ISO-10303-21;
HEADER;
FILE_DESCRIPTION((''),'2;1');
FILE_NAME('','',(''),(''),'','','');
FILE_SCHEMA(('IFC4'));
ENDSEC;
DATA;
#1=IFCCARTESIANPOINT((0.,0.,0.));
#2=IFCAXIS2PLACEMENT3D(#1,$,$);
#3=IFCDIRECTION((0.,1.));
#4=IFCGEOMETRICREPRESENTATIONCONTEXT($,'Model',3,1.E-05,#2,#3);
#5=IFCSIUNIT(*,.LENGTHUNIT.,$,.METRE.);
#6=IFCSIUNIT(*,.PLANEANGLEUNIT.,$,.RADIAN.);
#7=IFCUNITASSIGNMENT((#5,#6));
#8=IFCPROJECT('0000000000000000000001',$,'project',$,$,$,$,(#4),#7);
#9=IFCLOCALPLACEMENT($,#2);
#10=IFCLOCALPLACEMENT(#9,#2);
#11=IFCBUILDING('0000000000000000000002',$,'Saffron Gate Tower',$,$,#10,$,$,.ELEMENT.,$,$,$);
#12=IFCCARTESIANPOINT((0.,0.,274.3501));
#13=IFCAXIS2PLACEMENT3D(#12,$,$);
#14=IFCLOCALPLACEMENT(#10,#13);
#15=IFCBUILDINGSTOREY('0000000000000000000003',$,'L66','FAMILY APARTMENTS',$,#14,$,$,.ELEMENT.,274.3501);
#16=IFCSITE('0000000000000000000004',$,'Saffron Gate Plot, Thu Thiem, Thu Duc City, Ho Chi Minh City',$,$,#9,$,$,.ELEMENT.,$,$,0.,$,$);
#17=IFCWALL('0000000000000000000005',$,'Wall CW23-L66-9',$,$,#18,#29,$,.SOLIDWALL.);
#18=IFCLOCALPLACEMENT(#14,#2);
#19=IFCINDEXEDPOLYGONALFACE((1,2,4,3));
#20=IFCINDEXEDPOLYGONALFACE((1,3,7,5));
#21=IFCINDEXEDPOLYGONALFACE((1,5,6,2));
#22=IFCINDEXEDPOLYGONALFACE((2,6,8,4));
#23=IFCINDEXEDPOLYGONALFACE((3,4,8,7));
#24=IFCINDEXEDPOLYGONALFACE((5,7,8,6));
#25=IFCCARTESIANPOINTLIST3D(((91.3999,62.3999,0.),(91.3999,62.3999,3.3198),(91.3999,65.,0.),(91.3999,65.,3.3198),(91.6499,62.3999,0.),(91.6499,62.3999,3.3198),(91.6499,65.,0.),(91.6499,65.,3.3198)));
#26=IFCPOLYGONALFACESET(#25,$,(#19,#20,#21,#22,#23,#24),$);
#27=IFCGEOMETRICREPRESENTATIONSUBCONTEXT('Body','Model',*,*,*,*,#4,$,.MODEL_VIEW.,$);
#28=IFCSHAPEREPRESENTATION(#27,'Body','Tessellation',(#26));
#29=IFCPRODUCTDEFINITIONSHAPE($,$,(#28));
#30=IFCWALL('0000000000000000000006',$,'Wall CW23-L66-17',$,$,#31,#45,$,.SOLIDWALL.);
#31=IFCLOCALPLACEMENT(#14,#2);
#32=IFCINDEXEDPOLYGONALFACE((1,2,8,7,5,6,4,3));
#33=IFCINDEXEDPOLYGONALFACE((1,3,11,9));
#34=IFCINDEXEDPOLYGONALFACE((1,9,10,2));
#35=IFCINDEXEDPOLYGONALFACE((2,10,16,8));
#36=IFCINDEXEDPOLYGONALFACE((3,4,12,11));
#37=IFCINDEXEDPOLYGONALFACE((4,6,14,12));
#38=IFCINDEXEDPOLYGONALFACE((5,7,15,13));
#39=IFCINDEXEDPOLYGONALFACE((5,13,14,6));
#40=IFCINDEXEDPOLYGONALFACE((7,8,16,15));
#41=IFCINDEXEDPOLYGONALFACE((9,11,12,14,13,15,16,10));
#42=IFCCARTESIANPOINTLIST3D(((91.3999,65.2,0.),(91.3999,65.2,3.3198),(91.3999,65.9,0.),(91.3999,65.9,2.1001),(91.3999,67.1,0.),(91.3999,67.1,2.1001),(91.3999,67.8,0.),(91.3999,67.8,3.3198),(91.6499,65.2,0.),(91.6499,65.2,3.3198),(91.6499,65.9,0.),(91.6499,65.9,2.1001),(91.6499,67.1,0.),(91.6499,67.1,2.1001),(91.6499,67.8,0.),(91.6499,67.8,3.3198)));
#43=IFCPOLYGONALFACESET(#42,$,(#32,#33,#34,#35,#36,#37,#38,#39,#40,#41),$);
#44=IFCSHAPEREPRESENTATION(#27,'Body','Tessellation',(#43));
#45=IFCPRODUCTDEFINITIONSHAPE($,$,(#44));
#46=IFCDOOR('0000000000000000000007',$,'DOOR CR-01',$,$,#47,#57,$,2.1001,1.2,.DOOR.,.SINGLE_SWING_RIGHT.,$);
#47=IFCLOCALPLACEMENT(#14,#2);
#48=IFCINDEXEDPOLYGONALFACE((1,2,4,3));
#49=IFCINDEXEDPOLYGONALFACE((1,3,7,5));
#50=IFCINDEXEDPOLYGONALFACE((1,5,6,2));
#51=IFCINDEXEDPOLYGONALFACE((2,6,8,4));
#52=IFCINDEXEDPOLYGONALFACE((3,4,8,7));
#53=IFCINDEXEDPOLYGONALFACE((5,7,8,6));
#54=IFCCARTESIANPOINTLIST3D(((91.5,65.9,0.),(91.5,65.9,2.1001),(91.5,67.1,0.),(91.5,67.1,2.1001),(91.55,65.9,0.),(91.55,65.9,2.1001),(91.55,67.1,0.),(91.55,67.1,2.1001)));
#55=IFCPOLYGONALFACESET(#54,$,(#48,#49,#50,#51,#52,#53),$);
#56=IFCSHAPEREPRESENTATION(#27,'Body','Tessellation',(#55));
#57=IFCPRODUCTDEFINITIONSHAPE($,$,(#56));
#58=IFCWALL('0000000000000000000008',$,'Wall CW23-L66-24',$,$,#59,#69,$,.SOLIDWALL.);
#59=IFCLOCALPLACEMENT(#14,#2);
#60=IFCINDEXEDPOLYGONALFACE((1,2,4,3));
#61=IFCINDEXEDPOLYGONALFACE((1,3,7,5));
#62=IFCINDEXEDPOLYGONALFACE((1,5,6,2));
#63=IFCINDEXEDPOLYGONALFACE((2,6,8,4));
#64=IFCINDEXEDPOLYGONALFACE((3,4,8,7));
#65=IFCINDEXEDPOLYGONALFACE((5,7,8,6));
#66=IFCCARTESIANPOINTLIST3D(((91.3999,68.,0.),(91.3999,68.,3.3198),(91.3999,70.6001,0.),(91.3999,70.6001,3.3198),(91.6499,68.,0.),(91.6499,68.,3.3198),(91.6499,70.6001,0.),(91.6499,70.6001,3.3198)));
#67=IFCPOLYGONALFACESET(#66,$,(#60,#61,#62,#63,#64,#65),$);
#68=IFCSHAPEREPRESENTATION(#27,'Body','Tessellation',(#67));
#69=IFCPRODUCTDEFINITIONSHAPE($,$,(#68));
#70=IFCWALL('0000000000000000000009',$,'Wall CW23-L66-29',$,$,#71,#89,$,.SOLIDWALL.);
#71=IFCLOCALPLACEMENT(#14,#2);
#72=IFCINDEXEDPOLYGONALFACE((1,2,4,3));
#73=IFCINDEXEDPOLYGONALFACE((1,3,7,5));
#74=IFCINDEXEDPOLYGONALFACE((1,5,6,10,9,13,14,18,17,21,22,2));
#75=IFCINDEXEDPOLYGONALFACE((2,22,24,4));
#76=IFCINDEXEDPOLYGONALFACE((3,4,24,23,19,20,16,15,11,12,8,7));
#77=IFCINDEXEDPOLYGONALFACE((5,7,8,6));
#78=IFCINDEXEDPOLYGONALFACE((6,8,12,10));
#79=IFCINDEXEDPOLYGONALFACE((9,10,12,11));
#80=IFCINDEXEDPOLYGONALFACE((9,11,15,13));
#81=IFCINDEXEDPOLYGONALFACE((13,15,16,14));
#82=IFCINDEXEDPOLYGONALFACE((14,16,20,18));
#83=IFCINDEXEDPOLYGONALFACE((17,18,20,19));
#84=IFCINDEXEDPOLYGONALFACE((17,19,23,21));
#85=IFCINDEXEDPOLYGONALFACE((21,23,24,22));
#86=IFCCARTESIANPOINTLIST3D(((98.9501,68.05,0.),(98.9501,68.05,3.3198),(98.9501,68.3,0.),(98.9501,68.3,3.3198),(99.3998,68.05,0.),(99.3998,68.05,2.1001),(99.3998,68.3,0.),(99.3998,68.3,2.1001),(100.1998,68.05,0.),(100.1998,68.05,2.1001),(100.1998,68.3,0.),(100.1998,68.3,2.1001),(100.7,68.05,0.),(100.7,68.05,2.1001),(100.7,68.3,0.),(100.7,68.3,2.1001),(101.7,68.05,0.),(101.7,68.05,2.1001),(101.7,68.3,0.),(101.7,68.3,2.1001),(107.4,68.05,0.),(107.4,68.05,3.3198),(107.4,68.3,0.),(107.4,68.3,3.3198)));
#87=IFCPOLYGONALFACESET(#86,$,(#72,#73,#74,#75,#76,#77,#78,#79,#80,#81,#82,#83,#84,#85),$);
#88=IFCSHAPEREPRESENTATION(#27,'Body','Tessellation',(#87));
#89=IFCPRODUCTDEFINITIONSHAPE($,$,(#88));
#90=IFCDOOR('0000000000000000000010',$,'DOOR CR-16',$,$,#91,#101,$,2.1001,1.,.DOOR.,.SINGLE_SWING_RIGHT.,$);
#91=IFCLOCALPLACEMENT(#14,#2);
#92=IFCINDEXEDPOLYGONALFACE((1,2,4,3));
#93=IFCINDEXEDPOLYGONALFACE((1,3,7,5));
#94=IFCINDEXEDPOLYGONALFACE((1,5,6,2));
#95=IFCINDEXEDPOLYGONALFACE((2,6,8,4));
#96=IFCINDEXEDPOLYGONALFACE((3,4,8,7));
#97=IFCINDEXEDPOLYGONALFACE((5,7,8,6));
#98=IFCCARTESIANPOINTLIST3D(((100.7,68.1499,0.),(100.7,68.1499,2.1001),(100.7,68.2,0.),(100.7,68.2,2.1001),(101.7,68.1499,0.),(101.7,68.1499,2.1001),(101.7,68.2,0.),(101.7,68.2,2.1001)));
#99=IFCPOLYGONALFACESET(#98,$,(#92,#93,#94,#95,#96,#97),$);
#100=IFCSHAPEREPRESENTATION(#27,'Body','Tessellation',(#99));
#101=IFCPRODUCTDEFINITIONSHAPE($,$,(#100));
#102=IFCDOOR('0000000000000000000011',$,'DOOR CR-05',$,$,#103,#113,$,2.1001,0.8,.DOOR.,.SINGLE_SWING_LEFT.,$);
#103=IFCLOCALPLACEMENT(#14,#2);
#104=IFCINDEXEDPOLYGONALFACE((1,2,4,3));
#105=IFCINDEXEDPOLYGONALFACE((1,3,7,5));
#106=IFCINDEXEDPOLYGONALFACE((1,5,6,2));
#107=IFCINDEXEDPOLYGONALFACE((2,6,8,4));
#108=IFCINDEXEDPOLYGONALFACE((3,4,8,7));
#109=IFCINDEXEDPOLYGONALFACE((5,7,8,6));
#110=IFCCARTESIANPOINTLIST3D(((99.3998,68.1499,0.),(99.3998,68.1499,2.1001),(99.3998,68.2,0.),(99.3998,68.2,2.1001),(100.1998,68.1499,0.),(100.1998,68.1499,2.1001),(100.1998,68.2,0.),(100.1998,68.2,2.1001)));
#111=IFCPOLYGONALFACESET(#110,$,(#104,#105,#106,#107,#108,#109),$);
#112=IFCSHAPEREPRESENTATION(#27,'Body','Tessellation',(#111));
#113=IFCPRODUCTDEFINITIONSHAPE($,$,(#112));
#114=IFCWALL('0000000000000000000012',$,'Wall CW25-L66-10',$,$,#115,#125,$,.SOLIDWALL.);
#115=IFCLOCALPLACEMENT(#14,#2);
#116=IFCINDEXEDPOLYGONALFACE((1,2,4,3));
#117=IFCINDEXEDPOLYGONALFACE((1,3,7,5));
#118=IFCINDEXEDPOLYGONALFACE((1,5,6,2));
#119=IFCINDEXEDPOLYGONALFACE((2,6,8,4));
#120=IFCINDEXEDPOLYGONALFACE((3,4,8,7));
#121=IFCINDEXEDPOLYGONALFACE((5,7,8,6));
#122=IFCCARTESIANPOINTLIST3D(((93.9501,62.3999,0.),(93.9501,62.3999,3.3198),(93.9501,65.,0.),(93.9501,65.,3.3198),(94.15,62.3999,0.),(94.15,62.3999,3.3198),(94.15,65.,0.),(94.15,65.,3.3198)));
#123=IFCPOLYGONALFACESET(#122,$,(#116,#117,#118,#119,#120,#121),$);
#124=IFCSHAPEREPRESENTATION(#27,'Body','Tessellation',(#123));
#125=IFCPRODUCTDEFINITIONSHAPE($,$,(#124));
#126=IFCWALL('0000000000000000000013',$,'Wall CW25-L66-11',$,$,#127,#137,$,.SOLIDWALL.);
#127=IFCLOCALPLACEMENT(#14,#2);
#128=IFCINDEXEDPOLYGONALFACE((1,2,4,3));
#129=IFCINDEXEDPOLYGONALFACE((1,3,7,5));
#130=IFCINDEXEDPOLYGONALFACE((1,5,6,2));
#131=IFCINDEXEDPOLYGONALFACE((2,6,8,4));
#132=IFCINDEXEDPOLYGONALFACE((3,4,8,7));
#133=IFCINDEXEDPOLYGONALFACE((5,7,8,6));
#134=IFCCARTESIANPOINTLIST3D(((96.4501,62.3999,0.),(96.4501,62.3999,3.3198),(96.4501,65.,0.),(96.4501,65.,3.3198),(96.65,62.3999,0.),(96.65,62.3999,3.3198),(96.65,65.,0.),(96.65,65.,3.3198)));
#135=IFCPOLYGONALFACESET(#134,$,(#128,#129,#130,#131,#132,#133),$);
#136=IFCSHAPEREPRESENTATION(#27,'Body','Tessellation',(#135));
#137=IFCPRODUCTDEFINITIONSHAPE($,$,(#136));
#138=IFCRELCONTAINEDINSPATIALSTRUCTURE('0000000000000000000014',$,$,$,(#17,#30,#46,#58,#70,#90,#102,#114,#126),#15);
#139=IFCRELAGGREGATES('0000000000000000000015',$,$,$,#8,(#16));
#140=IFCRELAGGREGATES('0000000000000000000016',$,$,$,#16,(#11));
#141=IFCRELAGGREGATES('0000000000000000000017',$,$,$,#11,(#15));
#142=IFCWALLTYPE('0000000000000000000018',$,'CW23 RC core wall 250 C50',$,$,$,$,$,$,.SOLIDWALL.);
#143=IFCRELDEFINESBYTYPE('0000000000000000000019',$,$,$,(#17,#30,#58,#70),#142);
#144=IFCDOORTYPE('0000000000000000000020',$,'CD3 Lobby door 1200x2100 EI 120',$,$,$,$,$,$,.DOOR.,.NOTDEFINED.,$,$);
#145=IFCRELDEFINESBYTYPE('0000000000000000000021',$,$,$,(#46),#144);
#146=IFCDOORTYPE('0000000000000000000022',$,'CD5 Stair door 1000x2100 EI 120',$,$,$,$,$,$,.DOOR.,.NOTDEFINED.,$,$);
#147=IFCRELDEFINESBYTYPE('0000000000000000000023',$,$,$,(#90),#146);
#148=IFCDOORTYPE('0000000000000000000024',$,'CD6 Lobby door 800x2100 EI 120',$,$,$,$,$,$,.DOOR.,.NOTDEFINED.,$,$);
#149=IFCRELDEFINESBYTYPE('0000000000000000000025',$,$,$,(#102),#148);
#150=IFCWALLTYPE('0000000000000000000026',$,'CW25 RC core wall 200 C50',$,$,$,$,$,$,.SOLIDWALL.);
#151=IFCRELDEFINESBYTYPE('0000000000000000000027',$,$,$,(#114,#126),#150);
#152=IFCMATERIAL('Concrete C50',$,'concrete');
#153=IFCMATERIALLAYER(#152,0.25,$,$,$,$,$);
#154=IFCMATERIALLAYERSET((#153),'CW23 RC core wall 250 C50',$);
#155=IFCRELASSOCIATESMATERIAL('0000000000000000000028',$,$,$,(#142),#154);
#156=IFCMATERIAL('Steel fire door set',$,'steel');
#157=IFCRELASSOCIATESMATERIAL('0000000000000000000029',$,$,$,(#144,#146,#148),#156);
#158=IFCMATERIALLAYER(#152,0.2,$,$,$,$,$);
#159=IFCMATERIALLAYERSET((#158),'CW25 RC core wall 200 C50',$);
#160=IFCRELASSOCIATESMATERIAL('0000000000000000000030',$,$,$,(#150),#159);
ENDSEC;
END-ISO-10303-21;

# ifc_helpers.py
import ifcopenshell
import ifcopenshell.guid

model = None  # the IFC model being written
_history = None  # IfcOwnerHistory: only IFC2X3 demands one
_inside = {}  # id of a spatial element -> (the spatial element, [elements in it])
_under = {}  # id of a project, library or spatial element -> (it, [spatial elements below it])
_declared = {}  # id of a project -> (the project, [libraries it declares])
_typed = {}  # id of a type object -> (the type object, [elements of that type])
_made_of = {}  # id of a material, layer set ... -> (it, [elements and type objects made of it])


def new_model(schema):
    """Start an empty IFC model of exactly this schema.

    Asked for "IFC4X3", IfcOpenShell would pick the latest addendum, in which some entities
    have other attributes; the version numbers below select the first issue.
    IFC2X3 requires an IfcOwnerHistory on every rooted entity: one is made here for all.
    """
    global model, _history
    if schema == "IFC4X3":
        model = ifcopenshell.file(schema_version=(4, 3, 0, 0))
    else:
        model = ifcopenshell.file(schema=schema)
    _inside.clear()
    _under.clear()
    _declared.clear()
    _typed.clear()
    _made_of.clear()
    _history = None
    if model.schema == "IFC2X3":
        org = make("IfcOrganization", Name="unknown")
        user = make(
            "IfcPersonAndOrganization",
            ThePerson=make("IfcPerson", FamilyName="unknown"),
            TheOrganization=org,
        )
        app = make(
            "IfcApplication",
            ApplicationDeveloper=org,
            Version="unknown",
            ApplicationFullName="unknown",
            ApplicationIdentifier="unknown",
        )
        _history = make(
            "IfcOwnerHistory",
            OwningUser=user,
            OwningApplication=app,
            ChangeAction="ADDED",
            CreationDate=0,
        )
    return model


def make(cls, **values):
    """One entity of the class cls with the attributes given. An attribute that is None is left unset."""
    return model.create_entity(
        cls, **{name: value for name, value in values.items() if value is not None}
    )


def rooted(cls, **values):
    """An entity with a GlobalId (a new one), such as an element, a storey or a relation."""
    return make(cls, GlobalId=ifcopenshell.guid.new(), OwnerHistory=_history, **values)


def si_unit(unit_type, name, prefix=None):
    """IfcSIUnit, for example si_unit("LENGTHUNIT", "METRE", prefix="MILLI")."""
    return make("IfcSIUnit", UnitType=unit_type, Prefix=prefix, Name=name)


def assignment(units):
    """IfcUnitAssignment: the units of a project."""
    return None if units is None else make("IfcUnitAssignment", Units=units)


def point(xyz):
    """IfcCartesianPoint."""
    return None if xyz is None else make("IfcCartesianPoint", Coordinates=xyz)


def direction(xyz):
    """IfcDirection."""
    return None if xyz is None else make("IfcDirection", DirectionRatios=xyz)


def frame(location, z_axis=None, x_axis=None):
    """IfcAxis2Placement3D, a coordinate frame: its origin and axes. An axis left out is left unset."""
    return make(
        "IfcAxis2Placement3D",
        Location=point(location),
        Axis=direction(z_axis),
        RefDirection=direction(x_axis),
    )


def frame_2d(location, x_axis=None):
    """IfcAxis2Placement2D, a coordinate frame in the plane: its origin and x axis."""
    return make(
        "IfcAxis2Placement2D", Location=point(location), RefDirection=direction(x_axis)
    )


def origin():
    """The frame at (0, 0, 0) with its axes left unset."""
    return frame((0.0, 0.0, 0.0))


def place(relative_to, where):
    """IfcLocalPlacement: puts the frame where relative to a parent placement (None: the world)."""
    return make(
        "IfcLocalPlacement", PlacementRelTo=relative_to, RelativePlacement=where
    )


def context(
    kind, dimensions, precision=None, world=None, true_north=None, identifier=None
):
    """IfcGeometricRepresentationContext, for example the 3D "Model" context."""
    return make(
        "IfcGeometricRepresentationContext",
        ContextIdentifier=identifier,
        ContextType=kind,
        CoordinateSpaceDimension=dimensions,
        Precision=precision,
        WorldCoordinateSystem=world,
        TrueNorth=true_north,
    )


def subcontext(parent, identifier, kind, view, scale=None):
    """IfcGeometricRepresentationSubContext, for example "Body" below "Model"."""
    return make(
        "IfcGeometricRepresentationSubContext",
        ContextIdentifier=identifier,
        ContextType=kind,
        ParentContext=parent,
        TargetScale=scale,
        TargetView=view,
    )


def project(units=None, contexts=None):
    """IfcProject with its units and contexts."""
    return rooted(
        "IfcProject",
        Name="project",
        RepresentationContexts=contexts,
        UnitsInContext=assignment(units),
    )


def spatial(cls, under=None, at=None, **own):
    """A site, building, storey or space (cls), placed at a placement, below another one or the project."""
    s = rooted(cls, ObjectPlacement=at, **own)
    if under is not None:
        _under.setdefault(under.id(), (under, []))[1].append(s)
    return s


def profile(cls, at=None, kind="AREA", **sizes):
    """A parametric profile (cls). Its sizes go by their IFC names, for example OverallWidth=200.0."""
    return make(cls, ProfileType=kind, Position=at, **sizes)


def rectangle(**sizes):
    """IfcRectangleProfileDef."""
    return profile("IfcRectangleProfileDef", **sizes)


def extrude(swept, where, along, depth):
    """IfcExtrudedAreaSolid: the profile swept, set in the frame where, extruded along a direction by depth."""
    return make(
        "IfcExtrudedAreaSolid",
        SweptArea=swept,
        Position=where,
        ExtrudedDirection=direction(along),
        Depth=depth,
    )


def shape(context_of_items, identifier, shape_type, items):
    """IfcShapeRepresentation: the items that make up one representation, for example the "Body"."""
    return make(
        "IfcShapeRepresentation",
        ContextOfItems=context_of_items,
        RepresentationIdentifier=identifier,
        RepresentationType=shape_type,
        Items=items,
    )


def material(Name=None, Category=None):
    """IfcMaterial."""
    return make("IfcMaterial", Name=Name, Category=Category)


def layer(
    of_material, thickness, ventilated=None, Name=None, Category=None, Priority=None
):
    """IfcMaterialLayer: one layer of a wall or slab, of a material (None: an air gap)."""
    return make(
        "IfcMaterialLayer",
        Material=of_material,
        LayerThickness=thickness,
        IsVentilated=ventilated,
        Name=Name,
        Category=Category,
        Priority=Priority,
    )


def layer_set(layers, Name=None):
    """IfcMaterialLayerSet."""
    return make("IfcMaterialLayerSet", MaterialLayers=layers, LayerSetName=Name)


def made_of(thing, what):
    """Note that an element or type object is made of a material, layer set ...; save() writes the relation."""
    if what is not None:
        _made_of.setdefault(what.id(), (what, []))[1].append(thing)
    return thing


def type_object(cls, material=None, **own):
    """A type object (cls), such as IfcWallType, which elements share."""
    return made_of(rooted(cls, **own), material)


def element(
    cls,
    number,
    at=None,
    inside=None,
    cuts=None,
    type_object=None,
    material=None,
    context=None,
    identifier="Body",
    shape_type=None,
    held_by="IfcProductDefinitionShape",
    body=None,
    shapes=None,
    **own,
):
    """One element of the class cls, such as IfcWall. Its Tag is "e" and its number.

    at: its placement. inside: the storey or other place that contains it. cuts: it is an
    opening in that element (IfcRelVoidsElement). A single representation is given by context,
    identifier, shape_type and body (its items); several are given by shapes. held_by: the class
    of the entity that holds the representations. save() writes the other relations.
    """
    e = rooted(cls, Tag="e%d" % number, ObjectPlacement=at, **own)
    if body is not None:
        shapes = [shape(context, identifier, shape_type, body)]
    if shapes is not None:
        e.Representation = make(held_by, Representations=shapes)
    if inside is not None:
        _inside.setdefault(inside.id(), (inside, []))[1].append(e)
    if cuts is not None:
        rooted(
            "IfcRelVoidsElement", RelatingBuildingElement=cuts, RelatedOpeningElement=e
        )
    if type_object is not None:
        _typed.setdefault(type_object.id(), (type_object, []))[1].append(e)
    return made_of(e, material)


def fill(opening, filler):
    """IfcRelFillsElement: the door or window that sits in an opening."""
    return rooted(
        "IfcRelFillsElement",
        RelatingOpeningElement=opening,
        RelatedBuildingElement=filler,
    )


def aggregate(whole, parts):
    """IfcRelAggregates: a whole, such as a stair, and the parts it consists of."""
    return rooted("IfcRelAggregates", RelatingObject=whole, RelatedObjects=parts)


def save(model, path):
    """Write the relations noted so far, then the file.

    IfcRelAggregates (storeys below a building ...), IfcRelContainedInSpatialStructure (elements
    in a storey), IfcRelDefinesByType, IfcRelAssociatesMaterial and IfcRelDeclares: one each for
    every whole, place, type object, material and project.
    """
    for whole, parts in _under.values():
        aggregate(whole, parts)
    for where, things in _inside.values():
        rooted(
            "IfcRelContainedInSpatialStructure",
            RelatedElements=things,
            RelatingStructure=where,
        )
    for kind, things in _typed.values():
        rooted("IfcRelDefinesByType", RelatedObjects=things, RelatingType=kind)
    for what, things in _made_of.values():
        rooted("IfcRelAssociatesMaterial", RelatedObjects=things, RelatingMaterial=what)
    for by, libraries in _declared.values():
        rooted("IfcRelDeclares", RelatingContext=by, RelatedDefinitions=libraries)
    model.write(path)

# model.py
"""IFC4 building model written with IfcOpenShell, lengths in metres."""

from ifc_helpers import new_model, si_unit, direction, frame, frame_2d, origin, place, context, subcontext, project, spatial, rectangle, extrude, material, layer, layer_set, type_object, element, fill, save


model = new_model("IFC4")

# Units and contexts
model_context = context("Model", 3, precision=1e-05, world=origin(), true_north=direction((0.0, 1.0)))
body_context = subcontext(model_context, "Body", "Model", "MODEL_VIEW")
ifc_project = project(units=[si_unit("LENGTHUNIT", "METRE"), si_unit("PLANEANGLEUNIT", "RADIAN")], contexts=[model_context])

# Site, building, storey
site_placement = place(None, origin())
site = spatial("IfcSite", under=ifc_project, at=site_placement, Name="Saffron Gate Plot, Thu Thiem, Thu Duc City, Ho Chi Minh City", CompositionType="ELEMENT", RefElevation=0.0)
building_placement = place(site_placement, origin())
building = spatial("IfcBuilding", under=site, at=building_placement, Name="Saffron Gate Tower", CompositionType="ELEMENT")
storey_placement = place(building_placement, frame((0.0, 0.0, 274.3501)))
storey = spatial("IfcBuildingStorey", under=building, at=storey_placement, Name="L66", Description="FAMILY APARTMENTS", CompositionType="ELEMENT", Elevation=274.3501)

# Wall
ifc_material_1 = material(Name="Concrete C50", Category="concrete")
ifc_layer_1 = layer(ifc_material_1, 0.25)
ifc_layer_set_1 = layer_set([ifc_layer_1], Name="CW23 RC core wall 250 C50")
wall_type_1 = type_object("IfcWallType", Name="CW23 RC core wall 250 C50", PredefinedType="SOLIDWALL", material=ifc_layer_set_1)
wall_1_placement = place(storey_placement, frame((91.5249, 62.3999, 0.0), z_axis=(0.0, 0.0, 1.0), x_axis=(0.0, 1.0, 0.0)))
element("IfcWall", 1, at=wall_1_placement, inside=storey, type_object=wall_type_1, Name="Wall CW23-L66-9", PredefinedType="SOLIDWALL", context=body_context, shape_type="SweptSolid", body=[
    extrude(rectangle(XDim=2.6001, YDim=0.25, at=frame_2d((1.3, 0.0))), origin(), (0.0, 0.0, 1.0), 3.3198),
])

# Wall, opening, door
wall_2_placement = place(storey_placement, frame((91.5249, 65.2, 0.0), z_axis=(0.0, 0.0, 1.0), x_axis=(0.0, 1.0, 0.0)))
wall_2 = element("IfcWall", 2, at=wall_2_placement, inside=storey, type_object=wall_type_1, Name="Wall CW23-L66-17", PredefinedType="SOLIDWALL", context=body_context, shape_type="SweptSolid", body=[
    extrude(rectangle(XDim=2.6001, YDim=0.25, at=frame_2d((1.3, 0.0))), origin(), (0.0, 0.0, 1.0), 3.3198),
])
opening_1_placement = place(wall_2_placement, frame((0.7, 0.0, 0.0)))
opening_1 = element("IfcOpeningElement", 3, at=opening_1_placement, cuts=wall_2, PredefinedType="OPENING", context=body_context, shape_type="SweptSolid", body=[
    extrude(rectangle(XDim=1.2, YDim=2.1001, at=frame_2d((0.6001, 1.05))), frame((0.0, 0.135, 0.0), z_axis=(0.0, -1.0, 0.0), x_axis=(1.0, 0.0, 0.0)), (0.0, 0.0, 1.0), 0.27),
])
ifc_material_2 = material(Name="Steel fire door set", Category="steel")
door_type_1 = type_object("IfcDoorType", Name="CD3 Lobby door 1200x2100 EI 120", OperationType="NOTDEFINED", PredefinedType="DOOR", material=ifc_material_2)
door_1_placement = place(opening_1_placement, origin())
door_1 = element("IfcDoor", 4, at=door_1_placement, inside=storey, type_object=door_type_1, Name="DOOR CR-01", OperationType="SINGLE_SWING_RIGHT", OverallHeight=2.1001, OverallWidth=1.2, PredefinedType="DOOR", context=body_context, shape_type="SweptSolid", body=[
    extrude(rectangle(XDim=1.2, YDim=2.1001, at=frame_2d((0.6001, 1.05))), frame((0.0, 0.0249, 0.0), z_axis=(0.0, -1.0, 0.0), x_axis=(1.0, 0.0, 0.0)), (0.0, 0.0, 1.0), 0.05),
])
fill(opening_1, door_1)

# Wall
wall_3_placement = place(storey_placement, frame((91.5249, 68.0, 0.0), z_axis=(0.0, 0.0, 1.0), x_axis=(0.0, 1.0, 0.0)))
element("IfcWall", 5, at=wall_3_placement, inside=storey, type_object=wall_type_1, Name="Wall CW23-L66-24", PredefinedType="SOLIDWALL", context=body_context, shape_type="SweptSolid", body=[
    extrude(rectangle(XDim=2.6001, YDim=0.25, at=frame_2d((1.3, 0.0))), origin(), (0.0, 0.0, 1.0), 3.3198),
])

# Wall, openings, doors
wall_4_placement = place(storey_placement, frame((98.95, 68.175, 0.0), z_axis=(0.0, 0.0, 1.0), x_axis=(1.0, 0.0, 0.0)))
wall_4 = element("IfcWall", 6, at=wall_4_placement, inside=storey, type_object=wall_type_1, Name="Wall CW23-L66-29", PredefinedType="SOLIDWALL", context=body_context, shape_type="SweptSolid", body=[
    extrude(rectangle(XDim=8.45, YDim=0.25, at=frame_2d((4.2251, 0.0))), origin(), (0.0, 0.0, 1.0), 3.3198),
])
opening_2_placement = place(wall_4_placement, frame((0.45, 0.0, 0.0)))
opening_2 = element("IfcOpeningElement", 7, at=opening_2_placement, cuts=wall_4, PredefinedType="OPENING", context=body_context, shape_type="SweptSolid", body=[
    extrude(rectangle(XDim=0.8, YDim=2.1001, at=frame_2d((0.3999, 1.05))), frame((0.0, 0.135, 0.0), z_axis=(0.0, -1.0, 0.0), x_axis=(1.0, 0.0, 0.0)), (0.0, 0.0, 1.0), 0.27),
])
opening_3_placement = place(wall_4_placement, frame((1.75, 0.0, 0.0)))
opening_3 = element("IfcOpeningElement", 8, at=opening_3_placement, cuts=wall_4, PredefinedType="OPENING", context=body_context, shape_type="SweptSolid", body=[
    extrude(rectangle(XDim=1.0, YDim=2.1001, at=frame_2d((0.5, 1.05))), frame((0.0, 0.135, 0.0), z_axis=(0.0, -1.0, 0.0), x_axis=(1.0, 0.0, 0.0)), (0.0, 0.0, 1.0), 0.27),
])
door_type_2 = type_object("IfcDoorType", Name="CD5 Stair door 1000x2100 EI 120", OperationType="NOTDEFINED", PredefinedType="DOOR", material=ifc_material_2)
door_2_placement = place(opening_3_placement, origin())
door_2 = element("IfcDoor", 9, at=door_2_placement, inside=storey, type_object=door_type_2, Name="DOOR CR-16", OperationType="SINGLE_SWING_RIGHT", OverallHeight=2.1001, OverallWidth=1.0, PredefinedType="DOOR", context=body_context, shape_type="SweptSolid", body=[
    extrude(rectangle(XDim=1.0, YDim=2.1001, at=frame_2d((0.5, 1.05))), frame((0.0, 0.0249, 0.0), z_axis=(0.0, -1.0, 0.0), x_axis=(1.0, 0.0, 0.0)), (0.0, 0.0, 1.0), 0.05),
])
fill(opening_3, door_2)
door_type_3 = type_object("IfcDoorType", Name="CD6 Lobby door 800x2100 EI 120", OperationType="NOTDEFINED", PredefinedType="DOOR", material=ifc_material_2)
door_3_placement = place(opening_2_placement, origin())
door_3 = element("IfcDoor", 10, at=door_3_placement, inside=storey, type_object=door_type_3, Name="DOOR CR-05", OperationType="SINGLE_SWING_LEFT", OverallHeight=2.1001, OverallWidth=0.8, PredefinedType="DOOR", context=body_context, shape_type="SweptSolid", body=[
    extrude(rectangle(XDim=0.8, YDim=2.1001, at=frame_2d((0.3999, 1.05))), frame((0.0, 0.0249, 0.0), z_axis=(0.0, -1.0, 0.0), x_axis=(1.0, 0.0, 0.0)), (0.0, 0.0, 1.0), 0.05),
])
fill(opening_2, door_3)

# Walls
ifc_layer_2 = layer(ifc_material_1, 0.2)
ifc_layer_set_2 = layer_set([ifc_layer_2], Name="CW25 RC core wall 200 C50")
wall_type_2 = type_object("IfcWallType", Name="CW25 RC core wall 200 C50", PredefinedType="SOLIDWALL", material=ifc_layer_set_2)
for number, where, z_axis, x_axis, name in (
    (11, (94.05, 62.3999, 0.0), (0.0, 0.0, 1.0), (0.0, 1.0, 0.0), "Wall CW25-L66-10"),
    (12, (96.55, 62.3999, 0.0), (0.0, 0.0, 1.0), (0.0, 1.0, 0.0), "Wall CW25-L66-11"),
):
    element("IfcWall", number, at=place(storey_placement, frame(where, z_axis=z_axis, x_axis=x_axis)), inside=storey, type_object=wall_type_2, Name=name, PredefinedType="SOLIDWALL", context=body_context, shape_type="SweptSolid", body=[
        extrude(rectangle(XDim=2.6001, YDim=0.2, at=frame_2d((1.3, 0.0))), origin(), (0.0, 0.0, 1.0), 3.3198),
    ])

save(model, "model.ifc")
